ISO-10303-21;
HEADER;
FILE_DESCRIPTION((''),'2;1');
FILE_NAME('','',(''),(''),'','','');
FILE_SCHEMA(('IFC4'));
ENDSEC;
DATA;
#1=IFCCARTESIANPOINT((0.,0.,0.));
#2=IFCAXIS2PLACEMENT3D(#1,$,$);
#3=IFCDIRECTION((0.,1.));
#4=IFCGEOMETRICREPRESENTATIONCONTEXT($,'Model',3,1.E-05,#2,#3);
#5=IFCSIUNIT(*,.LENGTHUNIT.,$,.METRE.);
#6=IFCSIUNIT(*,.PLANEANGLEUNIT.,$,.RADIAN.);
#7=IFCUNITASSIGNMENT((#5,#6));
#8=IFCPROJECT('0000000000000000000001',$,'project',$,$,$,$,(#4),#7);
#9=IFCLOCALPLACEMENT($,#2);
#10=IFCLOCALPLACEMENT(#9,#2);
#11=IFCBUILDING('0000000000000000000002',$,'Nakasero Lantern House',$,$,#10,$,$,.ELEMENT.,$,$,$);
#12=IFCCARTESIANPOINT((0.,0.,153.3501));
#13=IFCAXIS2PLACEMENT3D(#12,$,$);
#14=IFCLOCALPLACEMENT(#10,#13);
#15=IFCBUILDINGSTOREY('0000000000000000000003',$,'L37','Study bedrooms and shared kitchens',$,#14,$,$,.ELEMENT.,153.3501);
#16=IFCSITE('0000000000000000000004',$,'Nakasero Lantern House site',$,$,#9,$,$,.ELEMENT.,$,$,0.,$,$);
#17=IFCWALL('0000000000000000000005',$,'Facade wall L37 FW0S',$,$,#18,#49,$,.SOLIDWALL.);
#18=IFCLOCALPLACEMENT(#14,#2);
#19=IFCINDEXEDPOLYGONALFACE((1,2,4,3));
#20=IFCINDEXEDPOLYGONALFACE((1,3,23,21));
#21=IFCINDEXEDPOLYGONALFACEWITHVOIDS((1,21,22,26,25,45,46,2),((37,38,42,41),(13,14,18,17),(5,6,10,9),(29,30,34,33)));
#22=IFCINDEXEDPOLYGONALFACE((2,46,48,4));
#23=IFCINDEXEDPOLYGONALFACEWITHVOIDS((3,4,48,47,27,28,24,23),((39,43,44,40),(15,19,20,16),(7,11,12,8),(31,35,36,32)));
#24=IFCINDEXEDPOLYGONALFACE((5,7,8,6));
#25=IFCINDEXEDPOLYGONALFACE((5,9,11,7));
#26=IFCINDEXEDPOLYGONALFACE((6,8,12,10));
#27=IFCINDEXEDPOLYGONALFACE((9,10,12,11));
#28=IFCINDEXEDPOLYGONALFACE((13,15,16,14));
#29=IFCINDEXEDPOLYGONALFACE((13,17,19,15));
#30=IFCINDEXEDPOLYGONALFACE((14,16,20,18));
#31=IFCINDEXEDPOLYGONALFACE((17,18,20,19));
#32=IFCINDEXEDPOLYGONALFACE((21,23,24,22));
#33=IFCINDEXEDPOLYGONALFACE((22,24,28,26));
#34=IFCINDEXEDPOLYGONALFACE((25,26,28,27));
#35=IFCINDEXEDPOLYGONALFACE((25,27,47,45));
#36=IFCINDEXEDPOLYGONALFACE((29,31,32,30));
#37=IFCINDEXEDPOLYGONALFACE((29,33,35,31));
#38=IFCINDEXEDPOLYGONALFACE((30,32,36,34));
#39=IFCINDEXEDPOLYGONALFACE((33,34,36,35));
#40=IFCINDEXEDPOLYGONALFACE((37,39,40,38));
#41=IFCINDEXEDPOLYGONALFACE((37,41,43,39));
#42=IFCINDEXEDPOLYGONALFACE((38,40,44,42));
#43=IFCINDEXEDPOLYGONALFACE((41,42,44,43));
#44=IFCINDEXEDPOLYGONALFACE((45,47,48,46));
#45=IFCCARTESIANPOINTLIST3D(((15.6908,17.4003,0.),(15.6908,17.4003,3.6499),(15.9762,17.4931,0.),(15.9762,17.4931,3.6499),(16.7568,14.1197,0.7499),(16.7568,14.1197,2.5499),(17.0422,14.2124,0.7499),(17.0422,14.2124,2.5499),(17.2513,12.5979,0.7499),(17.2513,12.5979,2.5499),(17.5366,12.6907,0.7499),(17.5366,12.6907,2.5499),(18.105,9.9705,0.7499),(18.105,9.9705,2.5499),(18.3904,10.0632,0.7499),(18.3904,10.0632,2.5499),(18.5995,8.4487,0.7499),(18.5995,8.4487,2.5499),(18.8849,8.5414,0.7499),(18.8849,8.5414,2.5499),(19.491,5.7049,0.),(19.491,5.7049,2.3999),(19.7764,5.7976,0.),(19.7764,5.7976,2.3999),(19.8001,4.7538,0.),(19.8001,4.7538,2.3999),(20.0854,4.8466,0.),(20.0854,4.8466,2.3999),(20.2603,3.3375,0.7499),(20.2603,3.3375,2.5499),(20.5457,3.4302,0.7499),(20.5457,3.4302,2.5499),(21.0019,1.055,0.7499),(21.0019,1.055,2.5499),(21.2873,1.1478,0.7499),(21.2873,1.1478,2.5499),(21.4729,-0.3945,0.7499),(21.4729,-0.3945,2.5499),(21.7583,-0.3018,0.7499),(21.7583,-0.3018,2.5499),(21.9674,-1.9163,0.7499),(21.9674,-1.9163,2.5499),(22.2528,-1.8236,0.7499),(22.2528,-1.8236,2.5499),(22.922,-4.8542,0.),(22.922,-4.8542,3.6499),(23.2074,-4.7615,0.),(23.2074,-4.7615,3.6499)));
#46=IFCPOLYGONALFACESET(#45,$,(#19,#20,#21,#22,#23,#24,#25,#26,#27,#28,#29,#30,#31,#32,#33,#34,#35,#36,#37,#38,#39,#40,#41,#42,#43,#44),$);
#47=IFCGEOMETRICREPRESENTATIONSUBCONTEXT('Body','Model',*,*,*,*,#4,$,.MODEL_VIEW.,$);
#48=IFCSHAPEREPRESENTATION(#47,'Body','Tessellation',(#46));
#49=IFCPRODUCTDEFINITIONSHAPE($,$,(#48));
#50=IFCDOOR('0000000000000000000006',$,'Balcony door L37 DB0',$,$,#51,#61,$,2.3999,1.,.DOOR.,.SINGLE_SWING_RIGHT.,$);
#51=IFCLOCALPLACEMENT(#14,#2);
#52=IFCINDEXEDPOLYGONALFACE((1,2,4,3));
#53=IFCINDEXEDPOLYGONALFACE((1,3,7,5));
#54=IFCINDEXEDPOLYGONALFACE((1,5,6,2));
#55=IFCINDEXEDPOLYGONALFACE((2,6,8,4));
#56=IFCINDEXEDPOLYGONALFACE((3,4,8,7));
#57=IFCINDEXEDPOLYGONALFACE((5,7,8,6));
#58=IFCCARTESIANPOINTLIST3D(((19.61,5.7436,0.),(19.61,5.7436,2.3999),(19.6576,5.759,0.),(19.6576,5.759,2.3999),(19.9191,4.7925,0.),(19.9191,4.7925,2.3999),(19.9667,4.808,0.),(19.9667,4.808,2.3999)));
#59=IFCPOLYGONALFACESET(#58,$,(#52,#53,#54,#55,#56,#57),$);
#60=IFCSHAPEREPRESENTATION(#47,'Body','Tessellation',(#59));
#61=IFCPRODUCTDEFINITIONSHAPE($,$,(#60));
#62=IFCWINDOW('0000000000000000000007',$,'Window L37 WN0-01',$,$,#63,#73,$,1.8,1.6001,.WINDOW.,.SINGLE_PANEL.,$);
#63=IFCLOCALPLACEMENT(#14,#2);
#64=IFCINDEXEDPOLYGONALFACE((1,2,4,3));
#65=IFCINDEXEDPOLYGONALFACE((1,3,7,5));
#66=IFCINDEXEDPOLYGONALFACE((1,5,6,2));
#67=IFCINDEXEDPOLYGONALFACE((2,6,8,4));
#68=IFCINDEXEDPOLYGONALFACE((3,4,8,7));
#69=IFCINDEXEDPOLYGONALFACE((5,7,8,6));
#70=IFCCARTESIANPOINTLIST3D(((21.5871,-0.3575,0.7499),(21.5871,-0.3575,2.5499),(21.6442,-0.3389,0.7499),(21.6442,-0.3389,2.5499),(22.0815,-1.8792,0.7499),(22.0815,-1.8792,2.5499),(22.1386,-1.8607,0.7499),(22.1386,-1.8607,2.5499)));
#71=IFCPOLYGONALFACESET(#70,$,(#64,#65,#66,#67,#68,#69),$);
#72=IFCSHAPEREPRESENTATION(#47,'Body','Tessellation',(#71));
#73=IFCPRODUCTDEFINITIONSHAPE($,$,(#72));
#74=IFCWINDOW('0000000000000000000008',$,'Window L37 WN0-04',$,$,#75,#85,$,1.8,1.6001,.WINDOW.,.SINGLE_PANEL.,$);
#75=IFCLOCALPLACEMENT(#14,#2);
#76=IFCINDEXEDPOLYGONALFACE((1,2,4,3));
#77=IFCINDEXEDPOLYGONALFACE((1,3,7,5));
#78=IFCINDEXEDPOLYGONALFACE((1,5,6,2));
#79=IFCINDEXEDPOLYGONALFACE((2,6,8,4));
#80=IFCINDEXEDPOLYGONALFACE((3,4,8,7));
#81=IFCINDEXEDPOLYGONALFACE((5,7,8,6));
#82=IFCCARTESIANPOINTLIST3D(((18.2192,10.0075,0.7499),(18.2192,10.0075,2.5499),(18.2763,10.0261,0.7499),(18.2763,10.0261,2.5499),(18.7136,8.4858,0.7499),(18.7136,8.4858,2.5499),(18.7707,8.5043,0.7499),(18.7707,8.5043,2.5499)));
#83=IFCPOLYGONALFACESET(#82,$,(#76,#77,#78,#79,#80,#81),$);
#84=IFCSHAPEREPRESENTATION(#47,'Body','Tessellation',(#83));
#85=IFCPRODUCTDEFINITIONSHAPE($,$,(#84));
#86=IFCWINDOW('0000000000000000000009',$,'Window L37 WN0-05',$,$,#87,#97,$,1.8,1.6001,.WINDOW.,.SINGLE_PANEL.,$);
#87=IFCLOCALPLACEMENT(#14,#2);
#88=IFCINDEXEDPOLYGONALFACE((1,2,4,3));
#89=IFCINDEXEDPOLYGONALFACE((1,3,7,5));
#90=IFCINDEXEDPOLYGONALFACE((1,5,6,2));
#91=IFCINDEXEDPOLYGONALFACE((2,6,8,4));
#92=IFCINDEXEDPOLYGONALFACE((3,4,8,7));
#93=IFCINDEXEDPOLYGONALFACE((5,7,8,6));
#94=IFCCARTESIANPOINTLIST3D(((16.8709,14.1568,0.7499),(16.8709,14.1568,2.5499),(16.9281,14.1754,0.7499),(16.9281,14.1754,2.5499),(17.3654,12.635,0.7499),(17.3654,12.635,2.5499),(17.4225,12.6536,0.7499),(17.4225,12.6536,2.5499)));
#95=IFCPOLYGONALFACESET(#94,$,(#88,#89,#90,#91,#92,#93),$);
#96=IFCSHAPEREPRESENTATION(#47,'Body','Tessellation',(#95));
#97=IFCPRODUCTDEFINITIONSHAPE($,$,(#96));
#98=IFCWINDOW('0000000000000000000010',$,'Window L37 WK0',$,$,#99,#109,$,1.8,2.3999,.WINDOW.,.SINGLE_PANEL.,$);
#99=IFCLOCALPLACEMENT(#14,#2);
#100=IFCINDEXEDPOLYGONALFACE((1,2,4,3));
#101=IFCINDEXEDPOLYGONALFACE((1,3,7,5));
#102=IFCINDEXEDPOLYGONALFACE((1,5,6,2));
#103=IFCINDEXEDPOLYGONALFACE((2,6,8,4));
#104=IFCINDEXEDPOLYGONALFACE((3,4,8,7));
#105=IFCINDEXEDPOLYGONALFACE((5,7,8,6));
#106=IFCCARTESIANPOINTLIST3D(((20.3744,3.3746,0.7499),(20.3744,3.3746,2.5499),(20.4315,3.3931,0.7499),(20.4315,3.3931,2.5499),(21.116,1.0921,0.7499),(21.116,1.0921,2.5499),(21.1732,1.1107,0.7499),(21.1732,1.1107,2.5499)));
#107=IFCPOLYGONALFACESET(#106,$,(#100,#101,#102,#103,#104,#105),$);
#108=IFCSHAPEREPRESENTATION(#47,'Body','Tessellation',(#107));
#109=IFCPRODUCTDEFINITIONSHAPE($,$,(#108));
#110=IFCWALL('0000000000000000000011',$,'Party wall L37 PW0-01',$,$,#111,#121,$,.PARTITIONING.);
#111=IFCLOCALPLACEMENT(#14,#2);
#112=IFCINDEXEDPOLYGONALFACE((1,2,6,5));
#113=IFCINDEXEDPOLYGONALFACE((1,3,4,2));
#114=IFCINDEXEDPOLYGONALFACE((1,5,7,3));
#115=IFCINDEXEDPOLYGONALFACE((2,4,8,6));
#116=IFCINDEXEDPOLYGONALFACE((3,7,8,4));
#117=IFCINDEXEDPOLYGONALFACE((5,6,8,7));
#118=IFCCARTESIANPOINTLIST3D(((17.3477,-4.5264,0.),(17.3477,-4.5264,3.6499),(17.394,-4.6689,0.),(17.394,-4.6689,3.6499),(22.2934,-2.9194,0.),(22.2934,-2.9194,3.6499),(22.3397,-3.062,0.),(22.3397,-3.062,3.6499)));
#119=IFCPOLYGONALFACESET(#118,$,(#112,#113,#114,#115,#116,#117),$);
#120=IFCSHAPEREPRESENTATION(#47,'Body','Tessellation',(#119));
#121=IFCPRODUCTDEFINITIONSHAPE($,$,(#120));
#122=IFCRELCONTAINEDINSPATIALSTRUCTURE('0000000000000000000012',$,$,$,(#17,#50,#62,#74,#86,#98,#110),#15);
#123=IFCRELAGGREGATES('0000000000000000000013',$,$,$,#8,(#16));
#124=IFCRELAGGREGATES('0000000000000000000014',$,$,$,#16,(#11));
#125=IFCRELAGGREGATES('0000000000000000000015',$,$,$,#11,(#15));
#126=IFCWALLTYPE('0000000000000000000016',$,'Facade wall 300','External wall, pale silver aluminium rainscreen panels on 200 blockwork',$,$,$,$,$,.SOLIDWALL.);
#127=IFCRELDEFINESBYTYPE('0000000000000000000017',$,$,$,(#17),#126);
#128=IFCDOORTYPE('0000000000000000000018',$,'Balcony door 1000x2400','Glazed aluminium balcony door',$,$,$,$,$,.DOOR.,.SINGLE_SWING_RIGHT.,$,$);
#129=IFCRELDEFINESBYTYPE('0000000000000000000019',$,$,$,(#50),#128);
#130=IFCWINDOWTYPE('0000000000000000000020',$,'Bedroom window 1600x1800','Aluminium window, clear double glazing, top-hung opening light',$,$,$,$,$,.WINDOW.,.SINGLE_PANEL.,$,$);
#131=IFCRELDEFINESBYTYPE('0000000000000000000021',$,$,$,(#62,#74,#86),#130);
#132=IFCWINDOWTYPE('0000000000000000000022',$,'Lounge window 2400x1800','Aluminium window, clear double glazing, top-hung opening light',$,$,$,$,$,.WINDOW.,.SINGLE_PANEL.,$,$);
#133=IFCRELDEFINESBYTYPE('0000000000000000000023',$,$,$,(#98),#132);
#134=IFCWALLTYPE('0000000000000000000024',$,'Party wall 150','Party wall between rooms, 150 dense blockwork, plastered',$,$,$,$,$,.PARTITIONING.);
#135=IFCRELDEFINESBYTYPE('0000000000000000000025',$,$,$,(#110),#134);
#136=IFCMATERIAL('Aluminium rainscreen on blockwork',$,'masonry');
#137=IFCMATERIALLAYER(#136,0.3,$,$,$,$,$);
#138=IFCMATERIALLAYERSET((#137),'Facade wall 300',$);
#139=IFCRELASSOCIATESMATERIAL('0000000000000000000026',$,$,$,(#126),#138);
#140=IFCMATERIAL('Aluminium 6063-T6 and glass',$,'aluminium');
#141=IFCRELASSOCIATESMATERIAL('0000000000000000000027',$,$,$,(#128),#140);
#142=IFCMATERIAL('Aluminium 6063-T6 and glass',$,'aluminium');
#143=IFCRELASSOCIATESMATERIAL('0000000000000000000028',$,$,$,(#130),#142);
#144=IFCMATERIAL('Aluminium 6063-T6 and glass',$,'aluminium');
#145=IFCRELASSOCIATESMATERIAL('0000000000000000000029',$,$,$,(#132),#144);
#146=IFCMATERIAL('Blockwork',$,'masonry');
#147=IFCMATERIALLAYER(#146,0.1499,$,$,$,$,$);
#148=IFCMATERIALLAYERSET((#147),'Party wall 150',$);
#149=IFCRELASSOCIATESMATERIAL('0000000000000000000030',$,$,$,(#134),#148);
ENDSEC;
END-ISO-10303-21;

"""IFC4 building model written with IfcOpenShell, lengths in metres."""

from ifc_helpers import new_model, si_unit, direction, frame, frame_2d, origin, place, context, subcontext, project, spatial, rectangle, extrude, material, layer, layer_set, type_object, element, fill, save


model = new_model("IFC4")

# Units and contexts
model_context = context("Model", 3, precision=1e-05, world=origin(), true_north=direction((0.0, 1.0)))
body_context = subcontext(model_context, "Body", "Model", "MODEL_VIEW")
ifc_project = project(units=[si_unit("LENGTHUNIT", "METRE"), si_unit("PLANEANGLEUNIT", "RADIAN")], contexts=[model_context])

# Site, building, storey
site_placement = place(None, origin())
site = spatial("IfcSite", under=ifc_project, at=site_placement, Name="Nakasero Lantern House site", CompositionType="ELEMENT", RefElevation=0.0)
building_placement = place(site_placement, origin())
building = spatial("IfcBuilding", under=site, at=building_placement, Name="Nakasero Lantern House", CompositionType="ELEMENT")
storey_placement = place(building_placement, frame((0.0, 0.0, 153.3501)))
storey = spatial("IfcBuildingStorey", under=building, at=storey_placement, Name="L37", Description="Study bedrooms and shared kitchens", CompositionType="ELEMENT", Elevation=153.3501)

# Wall, openings, door, windows
ifc_material_1 = material(Name="Aluminium rainscreen on blockwork", Category="masonry")
ifc_layer_1 = layer(ifc_material_1, 0.3)
ifc_layer_set_1 = layer_set([ifc_layer_1], Name="Facade wall 300")
wall_type_1 = type_object("IfcWallType", Name="Facade wall 300", Description="External wall, pale silver aluminium rainscreen panels on 200 blockwork", PredefinedType="SOLIDWALL", material=ifc_layer_set_1)
wall_1_placement = place(storey_placement, frame((23.0647, -4.8079, 0.0), z_axis=(0.0, 0.0, 1.0), x_axis=(-0.309026, 0.951054, 0.0)))
wall_1 = element("IfcWall", 1, at=wall_1_placement, inside=storey, type_object=wall_type_1, Name="Facade wall L37 FW0S", PredefinedType="SOLIDWALL", context=body_context, shape_type="SweptSolid", body=[
    extrude(rectangle(XDim=23.3999, YDim=0.3, at=frame_2d((11.7, 0.0))), origin(), (0.0, 0.0, 1.0), 3.6499),
])
opening_1_placement = place(wall_1_placement, frame((3.0891, 0.0, 0.75)))
opening_1 = element("IfcOpeningElement", 2, at=opening_1_placement, cuts=wall_1, PredefinedType="OPENING", context=body_context, shape_type="SweptSolid", body=[
    extrude(rectangle(XDim=1.6001, YDim=1.8, at=frame_2d((0.8, 0.8999))), frame((0.0, 0.1699, 0.0), z_axis=(0.0, -1.0, 0.0), x_axis=(1.0, 0.0, 0.0)), (0.0, 0.0, 1.0), 0.3401),
])
opening_2_placement = place(wall_1_placement, frame((13.9875, 0.0, 0.75)))
opening_2 = element("IfcOpeningElement", 3, at=opening_2_placement, cuts=wall_1, PredefinedType="OPENING", context=body_context, shape_type="SweptSolid", body=[
    extrude(rectangle(XDim=1.6001, YDim=1.8, at=frame_2d((0.8, 0.8999))), frame((0.0, 0.1699, 0.0), z_axis=(0.0, -1.0, 0.0), x_axis=(1.0, 0.0, 0.0)), (0.0, 0.0, 1.0), 0.3401),
])
opening_3_placement = place(wall_1_placement, frame((18.3503, 0.0, 0.75)))
opening_3 = element("IfcOpeningElement", 4, at=opening_3_placement, cuts=wall_1, PredefinedType="OPENING", context=body_context, shape_type="SweptSolid", body=[
    extrude(rectangle(XDim=1.6001, YDim=1.8, at=frame_2d((0.8, 0.8999))), frame((0.0, 0.1699, 0.0), z_axis=(0.0, -1.0, 0.0), x_axis=(1.0, 0.0, 0.0)), (0.0, 0.0, 1.0), 0.3401),
])
opening_4_placement = place(wall_1_placement, frame((6.2134, 0.0, 0.75)))
opening_4 = element("IfcOpeningElement", 5, at=opening_4_placement, cuts=wall_1, PredefinedType="OPENING", context=body_context, shape_type="SweptSolid", body=[
    extrude(rectangle(XDim=2.3999, YDim=1.8, at=frame_2d((1.2, 0.8999))), frame((0.0, 0.1699, 0.0), z_axis=(0.0, -1.0, 0.0), x_axis=(1.0, 0.0, 0.0)), (0.0, 0.0, 1.0), 0.3401),
])
opening_5_placement = place(wall_1_placement, frame((10.1025, 0.0, 0.0)))
opening_5 = element("IfcOpeningElement", 6, at=opening_5_placement, cuts=wall_1, PredefinedType="OPENING", context=body_context, shape_type="SweptSolid", body=[
    extrude(rectangle(XDim=1.0, YDim=2.3999, at=frame_2d((0.5, 1.2))), frame((0.0, 0.1699, 0.0), z_axis=(0.0, -1.0, 0.0), x_axis=(1.0, 0.0, 0.0)), (0.0, 0.0, 1.0), 0.3401),
])
ifc_material_2 = material(Name="Aluminium 6063-T6 and glass", Category="aluminium")
door_type_1 = type_object("IfcDoorType", Name="Balcony door 1000x2400", Description="Glazed aluminium balcony door", OperationType="SINGLE_SWING_RIGHT", PredefinedType="DOOR", material=ifc_material_2)
door_1_placement = place(opening_5_placement, origin())
door_1 = element("IfcDoor", 7, at=door_1_placement, inside=storey, type_object=door_type_1, Name="Balcony door L37 DB0", OperationType="SINGLE_SWING_RIGHT", OverallHeight=2.3999, OverallWidth=1.0, PredefinedType="DOOR", context=body_context, shape_type="SweptSolid", body=[
    extrude(rectangle(XDim=1.0, YDim=2.3999, at=frame_2d((0.5, 1.2))), frame((0.0, 0.0249, 0.0), z_axis=(0.0, -1.0, 0.0), x_axis=(1.0, 0.0, 0.0)), (0.0, 0.0, 1.0), 0.05),
])
fill(opening_5, door_1)
ifc_material_3 = material(Name="Aluminium 6063-T6 and glass", Category="aluminium")
window_type_1 = type_object("IfcWindowType", Name="Bedroom window 1600x1800", Description="Aluminium window, clear double glazing, top-hung opening light", PartitioningType="SINGLE_PANEL", PredefinedType="WINDOW", material=ifc_material_3)
window_1_placement = place(opening_1_placement, origin())
window_1 = element("IfcWindow", 8, at=window_1_placement, inside=storey, type_object=window_type_1, Name="Window L37 WN0-01", OverallHeight=1.8, OverallWidth=1.6001, PartitioningType="SINGLE_PANEL", PredefinedType="WINDOW", context=body_context, shape_type="SweptSolid", body=[
    extrude(rectangle(XDim=1.6001, YDim=1.8, at=frame_2d((0.8, 0.8999))), frame((0.0, 0.03, 0.0), z_axis=(0.0, -1.0, 0.0), x_axis=(1.0, 0.0, 0.0)), (0.0, 0.0, 1.0), 0.0601),
])
fill(opening_1, window_1)
window_2_placement = place(opening_2_placement, origin())
window_2 = element("IfcWindow", 9, at=window_2_placement, inside=storey, type_object=window_type_1, Name="Window L37 WN0-04", OverallHeight=1.8, OverallWidth=1.6001, PartitioningType="SINGLE_PANEL", PredefinedType="WINDOW", context=body_context, shape_type="SweptSolid", body=[
    extrude(rectangle(XDim=1.6001, YDim=1.8, at=frame_2d((0.8, 0.8999))), frame((0.0, 0.03, 0.0), z_axis=(0.0, -1.0, 0.0), x_axis=(1.0, 0.0, 0.0)), (0.0, 0.0, 1.0), 0.0601),
])
fill(opening_2, window_2)
window_3_placement = place(opening_3_placement, origin())
window_3 = element("IfcWindow", 10, at=window_3_placement, inside=storey, type_object=window_type_1, Name="Window L37 WN0-05", OverallHeight=1.8, OverallWidth=1.6001, PartitioningType="SINGLE_PANEL", PredefinedType="WINDOW", context=body_context, shape_type="SweptSolid", body=[
    extrude(rectangle(XDim=1.6001, YDim=1.8, at=frame_2d((0.8, 0.8999))), frame((0.0, 0.03, 0.0), z_axis=(0.0, -1.0, 0.0), x_axis=(1.0, 0.0, 0.0)), (0.0, 0.0, 1.0), 0.0601),
])
fill(opening_3, window_3)
ifc_material_4 = material(Name="Aluminium 6063-T6 and glass", Category="aluminium")
window_type_2 = type_object("IfcWindowType", Name="Lounge window 2400x1800", Description="Aluminium window, clear double glazing, top-hung opening light", PartitioningType="SINGLE_PANEL", PredefinedType="WINDOW", material=ifc_material_4)
window_4_placement = place(opening_4_placement, origin())
window_4 = element("IfcWindow", 11, at=window_4_placement, inside=storey, type_object=window_type_2, Name="Window L37 WK0", OverallHeight=1.8, OverallWidth=2.3999, PartitioningType="SINGLE_PANEL", PredefinedType="WINDOW", context=body_context, shape_type="SweptSolid", body=[
    extrude(rectangle(XDim=2.3999, YDim=1.8, at=frame_2d((1.2, 0.8999))), frame((0.0, 0.03, 0.0), z_axis=(0.0, -1.0, 0.0), x_axis=(1.0, 0.0, 0.0)), (0.0, 0.0, 1.0), 0.0601),
])
fill(opening_4, window_4)

# Wall
ifc_material_5 = material(Name="Blockwork", Category="masonry")
ifc_layer_2 = layer(ifc_material_5, 0.1499)
ifc_layer_set_2 = layer_set([ifc_layer_2], Name="Party wall 150")
wall_type_2 = type_object("IfcWallType", Name="Party wall 150", Description="Party wall between rooms, 150 dense blockwork, plastered", PredefinedType="PARTITIONING", material=ifc_layer_set_2)
wall_2_placement = place(storey_placement, frame((17.3708, -4.5977, 0.0), z_axis=(0.0, 0.0, 1.0), x_axis=(0.951055, 0.309021, 0.0)))
element("IfcWall", 12, at=wall_2_placement, inside=storey, type_object=wall_type_2, Name="Party wall L37 PW0-01", PredefinedType="PARTITIONING", context=body_context, shape_type="SweptSolid", body=[
    extrude(rectangle(XDim=5.2002, YDim=0.1499, at=frame_2d((2.6001, 0.0))), origin(), (0.0, 0.0, 1.0), 3.6499),
])

save(model, "model.ifc")
